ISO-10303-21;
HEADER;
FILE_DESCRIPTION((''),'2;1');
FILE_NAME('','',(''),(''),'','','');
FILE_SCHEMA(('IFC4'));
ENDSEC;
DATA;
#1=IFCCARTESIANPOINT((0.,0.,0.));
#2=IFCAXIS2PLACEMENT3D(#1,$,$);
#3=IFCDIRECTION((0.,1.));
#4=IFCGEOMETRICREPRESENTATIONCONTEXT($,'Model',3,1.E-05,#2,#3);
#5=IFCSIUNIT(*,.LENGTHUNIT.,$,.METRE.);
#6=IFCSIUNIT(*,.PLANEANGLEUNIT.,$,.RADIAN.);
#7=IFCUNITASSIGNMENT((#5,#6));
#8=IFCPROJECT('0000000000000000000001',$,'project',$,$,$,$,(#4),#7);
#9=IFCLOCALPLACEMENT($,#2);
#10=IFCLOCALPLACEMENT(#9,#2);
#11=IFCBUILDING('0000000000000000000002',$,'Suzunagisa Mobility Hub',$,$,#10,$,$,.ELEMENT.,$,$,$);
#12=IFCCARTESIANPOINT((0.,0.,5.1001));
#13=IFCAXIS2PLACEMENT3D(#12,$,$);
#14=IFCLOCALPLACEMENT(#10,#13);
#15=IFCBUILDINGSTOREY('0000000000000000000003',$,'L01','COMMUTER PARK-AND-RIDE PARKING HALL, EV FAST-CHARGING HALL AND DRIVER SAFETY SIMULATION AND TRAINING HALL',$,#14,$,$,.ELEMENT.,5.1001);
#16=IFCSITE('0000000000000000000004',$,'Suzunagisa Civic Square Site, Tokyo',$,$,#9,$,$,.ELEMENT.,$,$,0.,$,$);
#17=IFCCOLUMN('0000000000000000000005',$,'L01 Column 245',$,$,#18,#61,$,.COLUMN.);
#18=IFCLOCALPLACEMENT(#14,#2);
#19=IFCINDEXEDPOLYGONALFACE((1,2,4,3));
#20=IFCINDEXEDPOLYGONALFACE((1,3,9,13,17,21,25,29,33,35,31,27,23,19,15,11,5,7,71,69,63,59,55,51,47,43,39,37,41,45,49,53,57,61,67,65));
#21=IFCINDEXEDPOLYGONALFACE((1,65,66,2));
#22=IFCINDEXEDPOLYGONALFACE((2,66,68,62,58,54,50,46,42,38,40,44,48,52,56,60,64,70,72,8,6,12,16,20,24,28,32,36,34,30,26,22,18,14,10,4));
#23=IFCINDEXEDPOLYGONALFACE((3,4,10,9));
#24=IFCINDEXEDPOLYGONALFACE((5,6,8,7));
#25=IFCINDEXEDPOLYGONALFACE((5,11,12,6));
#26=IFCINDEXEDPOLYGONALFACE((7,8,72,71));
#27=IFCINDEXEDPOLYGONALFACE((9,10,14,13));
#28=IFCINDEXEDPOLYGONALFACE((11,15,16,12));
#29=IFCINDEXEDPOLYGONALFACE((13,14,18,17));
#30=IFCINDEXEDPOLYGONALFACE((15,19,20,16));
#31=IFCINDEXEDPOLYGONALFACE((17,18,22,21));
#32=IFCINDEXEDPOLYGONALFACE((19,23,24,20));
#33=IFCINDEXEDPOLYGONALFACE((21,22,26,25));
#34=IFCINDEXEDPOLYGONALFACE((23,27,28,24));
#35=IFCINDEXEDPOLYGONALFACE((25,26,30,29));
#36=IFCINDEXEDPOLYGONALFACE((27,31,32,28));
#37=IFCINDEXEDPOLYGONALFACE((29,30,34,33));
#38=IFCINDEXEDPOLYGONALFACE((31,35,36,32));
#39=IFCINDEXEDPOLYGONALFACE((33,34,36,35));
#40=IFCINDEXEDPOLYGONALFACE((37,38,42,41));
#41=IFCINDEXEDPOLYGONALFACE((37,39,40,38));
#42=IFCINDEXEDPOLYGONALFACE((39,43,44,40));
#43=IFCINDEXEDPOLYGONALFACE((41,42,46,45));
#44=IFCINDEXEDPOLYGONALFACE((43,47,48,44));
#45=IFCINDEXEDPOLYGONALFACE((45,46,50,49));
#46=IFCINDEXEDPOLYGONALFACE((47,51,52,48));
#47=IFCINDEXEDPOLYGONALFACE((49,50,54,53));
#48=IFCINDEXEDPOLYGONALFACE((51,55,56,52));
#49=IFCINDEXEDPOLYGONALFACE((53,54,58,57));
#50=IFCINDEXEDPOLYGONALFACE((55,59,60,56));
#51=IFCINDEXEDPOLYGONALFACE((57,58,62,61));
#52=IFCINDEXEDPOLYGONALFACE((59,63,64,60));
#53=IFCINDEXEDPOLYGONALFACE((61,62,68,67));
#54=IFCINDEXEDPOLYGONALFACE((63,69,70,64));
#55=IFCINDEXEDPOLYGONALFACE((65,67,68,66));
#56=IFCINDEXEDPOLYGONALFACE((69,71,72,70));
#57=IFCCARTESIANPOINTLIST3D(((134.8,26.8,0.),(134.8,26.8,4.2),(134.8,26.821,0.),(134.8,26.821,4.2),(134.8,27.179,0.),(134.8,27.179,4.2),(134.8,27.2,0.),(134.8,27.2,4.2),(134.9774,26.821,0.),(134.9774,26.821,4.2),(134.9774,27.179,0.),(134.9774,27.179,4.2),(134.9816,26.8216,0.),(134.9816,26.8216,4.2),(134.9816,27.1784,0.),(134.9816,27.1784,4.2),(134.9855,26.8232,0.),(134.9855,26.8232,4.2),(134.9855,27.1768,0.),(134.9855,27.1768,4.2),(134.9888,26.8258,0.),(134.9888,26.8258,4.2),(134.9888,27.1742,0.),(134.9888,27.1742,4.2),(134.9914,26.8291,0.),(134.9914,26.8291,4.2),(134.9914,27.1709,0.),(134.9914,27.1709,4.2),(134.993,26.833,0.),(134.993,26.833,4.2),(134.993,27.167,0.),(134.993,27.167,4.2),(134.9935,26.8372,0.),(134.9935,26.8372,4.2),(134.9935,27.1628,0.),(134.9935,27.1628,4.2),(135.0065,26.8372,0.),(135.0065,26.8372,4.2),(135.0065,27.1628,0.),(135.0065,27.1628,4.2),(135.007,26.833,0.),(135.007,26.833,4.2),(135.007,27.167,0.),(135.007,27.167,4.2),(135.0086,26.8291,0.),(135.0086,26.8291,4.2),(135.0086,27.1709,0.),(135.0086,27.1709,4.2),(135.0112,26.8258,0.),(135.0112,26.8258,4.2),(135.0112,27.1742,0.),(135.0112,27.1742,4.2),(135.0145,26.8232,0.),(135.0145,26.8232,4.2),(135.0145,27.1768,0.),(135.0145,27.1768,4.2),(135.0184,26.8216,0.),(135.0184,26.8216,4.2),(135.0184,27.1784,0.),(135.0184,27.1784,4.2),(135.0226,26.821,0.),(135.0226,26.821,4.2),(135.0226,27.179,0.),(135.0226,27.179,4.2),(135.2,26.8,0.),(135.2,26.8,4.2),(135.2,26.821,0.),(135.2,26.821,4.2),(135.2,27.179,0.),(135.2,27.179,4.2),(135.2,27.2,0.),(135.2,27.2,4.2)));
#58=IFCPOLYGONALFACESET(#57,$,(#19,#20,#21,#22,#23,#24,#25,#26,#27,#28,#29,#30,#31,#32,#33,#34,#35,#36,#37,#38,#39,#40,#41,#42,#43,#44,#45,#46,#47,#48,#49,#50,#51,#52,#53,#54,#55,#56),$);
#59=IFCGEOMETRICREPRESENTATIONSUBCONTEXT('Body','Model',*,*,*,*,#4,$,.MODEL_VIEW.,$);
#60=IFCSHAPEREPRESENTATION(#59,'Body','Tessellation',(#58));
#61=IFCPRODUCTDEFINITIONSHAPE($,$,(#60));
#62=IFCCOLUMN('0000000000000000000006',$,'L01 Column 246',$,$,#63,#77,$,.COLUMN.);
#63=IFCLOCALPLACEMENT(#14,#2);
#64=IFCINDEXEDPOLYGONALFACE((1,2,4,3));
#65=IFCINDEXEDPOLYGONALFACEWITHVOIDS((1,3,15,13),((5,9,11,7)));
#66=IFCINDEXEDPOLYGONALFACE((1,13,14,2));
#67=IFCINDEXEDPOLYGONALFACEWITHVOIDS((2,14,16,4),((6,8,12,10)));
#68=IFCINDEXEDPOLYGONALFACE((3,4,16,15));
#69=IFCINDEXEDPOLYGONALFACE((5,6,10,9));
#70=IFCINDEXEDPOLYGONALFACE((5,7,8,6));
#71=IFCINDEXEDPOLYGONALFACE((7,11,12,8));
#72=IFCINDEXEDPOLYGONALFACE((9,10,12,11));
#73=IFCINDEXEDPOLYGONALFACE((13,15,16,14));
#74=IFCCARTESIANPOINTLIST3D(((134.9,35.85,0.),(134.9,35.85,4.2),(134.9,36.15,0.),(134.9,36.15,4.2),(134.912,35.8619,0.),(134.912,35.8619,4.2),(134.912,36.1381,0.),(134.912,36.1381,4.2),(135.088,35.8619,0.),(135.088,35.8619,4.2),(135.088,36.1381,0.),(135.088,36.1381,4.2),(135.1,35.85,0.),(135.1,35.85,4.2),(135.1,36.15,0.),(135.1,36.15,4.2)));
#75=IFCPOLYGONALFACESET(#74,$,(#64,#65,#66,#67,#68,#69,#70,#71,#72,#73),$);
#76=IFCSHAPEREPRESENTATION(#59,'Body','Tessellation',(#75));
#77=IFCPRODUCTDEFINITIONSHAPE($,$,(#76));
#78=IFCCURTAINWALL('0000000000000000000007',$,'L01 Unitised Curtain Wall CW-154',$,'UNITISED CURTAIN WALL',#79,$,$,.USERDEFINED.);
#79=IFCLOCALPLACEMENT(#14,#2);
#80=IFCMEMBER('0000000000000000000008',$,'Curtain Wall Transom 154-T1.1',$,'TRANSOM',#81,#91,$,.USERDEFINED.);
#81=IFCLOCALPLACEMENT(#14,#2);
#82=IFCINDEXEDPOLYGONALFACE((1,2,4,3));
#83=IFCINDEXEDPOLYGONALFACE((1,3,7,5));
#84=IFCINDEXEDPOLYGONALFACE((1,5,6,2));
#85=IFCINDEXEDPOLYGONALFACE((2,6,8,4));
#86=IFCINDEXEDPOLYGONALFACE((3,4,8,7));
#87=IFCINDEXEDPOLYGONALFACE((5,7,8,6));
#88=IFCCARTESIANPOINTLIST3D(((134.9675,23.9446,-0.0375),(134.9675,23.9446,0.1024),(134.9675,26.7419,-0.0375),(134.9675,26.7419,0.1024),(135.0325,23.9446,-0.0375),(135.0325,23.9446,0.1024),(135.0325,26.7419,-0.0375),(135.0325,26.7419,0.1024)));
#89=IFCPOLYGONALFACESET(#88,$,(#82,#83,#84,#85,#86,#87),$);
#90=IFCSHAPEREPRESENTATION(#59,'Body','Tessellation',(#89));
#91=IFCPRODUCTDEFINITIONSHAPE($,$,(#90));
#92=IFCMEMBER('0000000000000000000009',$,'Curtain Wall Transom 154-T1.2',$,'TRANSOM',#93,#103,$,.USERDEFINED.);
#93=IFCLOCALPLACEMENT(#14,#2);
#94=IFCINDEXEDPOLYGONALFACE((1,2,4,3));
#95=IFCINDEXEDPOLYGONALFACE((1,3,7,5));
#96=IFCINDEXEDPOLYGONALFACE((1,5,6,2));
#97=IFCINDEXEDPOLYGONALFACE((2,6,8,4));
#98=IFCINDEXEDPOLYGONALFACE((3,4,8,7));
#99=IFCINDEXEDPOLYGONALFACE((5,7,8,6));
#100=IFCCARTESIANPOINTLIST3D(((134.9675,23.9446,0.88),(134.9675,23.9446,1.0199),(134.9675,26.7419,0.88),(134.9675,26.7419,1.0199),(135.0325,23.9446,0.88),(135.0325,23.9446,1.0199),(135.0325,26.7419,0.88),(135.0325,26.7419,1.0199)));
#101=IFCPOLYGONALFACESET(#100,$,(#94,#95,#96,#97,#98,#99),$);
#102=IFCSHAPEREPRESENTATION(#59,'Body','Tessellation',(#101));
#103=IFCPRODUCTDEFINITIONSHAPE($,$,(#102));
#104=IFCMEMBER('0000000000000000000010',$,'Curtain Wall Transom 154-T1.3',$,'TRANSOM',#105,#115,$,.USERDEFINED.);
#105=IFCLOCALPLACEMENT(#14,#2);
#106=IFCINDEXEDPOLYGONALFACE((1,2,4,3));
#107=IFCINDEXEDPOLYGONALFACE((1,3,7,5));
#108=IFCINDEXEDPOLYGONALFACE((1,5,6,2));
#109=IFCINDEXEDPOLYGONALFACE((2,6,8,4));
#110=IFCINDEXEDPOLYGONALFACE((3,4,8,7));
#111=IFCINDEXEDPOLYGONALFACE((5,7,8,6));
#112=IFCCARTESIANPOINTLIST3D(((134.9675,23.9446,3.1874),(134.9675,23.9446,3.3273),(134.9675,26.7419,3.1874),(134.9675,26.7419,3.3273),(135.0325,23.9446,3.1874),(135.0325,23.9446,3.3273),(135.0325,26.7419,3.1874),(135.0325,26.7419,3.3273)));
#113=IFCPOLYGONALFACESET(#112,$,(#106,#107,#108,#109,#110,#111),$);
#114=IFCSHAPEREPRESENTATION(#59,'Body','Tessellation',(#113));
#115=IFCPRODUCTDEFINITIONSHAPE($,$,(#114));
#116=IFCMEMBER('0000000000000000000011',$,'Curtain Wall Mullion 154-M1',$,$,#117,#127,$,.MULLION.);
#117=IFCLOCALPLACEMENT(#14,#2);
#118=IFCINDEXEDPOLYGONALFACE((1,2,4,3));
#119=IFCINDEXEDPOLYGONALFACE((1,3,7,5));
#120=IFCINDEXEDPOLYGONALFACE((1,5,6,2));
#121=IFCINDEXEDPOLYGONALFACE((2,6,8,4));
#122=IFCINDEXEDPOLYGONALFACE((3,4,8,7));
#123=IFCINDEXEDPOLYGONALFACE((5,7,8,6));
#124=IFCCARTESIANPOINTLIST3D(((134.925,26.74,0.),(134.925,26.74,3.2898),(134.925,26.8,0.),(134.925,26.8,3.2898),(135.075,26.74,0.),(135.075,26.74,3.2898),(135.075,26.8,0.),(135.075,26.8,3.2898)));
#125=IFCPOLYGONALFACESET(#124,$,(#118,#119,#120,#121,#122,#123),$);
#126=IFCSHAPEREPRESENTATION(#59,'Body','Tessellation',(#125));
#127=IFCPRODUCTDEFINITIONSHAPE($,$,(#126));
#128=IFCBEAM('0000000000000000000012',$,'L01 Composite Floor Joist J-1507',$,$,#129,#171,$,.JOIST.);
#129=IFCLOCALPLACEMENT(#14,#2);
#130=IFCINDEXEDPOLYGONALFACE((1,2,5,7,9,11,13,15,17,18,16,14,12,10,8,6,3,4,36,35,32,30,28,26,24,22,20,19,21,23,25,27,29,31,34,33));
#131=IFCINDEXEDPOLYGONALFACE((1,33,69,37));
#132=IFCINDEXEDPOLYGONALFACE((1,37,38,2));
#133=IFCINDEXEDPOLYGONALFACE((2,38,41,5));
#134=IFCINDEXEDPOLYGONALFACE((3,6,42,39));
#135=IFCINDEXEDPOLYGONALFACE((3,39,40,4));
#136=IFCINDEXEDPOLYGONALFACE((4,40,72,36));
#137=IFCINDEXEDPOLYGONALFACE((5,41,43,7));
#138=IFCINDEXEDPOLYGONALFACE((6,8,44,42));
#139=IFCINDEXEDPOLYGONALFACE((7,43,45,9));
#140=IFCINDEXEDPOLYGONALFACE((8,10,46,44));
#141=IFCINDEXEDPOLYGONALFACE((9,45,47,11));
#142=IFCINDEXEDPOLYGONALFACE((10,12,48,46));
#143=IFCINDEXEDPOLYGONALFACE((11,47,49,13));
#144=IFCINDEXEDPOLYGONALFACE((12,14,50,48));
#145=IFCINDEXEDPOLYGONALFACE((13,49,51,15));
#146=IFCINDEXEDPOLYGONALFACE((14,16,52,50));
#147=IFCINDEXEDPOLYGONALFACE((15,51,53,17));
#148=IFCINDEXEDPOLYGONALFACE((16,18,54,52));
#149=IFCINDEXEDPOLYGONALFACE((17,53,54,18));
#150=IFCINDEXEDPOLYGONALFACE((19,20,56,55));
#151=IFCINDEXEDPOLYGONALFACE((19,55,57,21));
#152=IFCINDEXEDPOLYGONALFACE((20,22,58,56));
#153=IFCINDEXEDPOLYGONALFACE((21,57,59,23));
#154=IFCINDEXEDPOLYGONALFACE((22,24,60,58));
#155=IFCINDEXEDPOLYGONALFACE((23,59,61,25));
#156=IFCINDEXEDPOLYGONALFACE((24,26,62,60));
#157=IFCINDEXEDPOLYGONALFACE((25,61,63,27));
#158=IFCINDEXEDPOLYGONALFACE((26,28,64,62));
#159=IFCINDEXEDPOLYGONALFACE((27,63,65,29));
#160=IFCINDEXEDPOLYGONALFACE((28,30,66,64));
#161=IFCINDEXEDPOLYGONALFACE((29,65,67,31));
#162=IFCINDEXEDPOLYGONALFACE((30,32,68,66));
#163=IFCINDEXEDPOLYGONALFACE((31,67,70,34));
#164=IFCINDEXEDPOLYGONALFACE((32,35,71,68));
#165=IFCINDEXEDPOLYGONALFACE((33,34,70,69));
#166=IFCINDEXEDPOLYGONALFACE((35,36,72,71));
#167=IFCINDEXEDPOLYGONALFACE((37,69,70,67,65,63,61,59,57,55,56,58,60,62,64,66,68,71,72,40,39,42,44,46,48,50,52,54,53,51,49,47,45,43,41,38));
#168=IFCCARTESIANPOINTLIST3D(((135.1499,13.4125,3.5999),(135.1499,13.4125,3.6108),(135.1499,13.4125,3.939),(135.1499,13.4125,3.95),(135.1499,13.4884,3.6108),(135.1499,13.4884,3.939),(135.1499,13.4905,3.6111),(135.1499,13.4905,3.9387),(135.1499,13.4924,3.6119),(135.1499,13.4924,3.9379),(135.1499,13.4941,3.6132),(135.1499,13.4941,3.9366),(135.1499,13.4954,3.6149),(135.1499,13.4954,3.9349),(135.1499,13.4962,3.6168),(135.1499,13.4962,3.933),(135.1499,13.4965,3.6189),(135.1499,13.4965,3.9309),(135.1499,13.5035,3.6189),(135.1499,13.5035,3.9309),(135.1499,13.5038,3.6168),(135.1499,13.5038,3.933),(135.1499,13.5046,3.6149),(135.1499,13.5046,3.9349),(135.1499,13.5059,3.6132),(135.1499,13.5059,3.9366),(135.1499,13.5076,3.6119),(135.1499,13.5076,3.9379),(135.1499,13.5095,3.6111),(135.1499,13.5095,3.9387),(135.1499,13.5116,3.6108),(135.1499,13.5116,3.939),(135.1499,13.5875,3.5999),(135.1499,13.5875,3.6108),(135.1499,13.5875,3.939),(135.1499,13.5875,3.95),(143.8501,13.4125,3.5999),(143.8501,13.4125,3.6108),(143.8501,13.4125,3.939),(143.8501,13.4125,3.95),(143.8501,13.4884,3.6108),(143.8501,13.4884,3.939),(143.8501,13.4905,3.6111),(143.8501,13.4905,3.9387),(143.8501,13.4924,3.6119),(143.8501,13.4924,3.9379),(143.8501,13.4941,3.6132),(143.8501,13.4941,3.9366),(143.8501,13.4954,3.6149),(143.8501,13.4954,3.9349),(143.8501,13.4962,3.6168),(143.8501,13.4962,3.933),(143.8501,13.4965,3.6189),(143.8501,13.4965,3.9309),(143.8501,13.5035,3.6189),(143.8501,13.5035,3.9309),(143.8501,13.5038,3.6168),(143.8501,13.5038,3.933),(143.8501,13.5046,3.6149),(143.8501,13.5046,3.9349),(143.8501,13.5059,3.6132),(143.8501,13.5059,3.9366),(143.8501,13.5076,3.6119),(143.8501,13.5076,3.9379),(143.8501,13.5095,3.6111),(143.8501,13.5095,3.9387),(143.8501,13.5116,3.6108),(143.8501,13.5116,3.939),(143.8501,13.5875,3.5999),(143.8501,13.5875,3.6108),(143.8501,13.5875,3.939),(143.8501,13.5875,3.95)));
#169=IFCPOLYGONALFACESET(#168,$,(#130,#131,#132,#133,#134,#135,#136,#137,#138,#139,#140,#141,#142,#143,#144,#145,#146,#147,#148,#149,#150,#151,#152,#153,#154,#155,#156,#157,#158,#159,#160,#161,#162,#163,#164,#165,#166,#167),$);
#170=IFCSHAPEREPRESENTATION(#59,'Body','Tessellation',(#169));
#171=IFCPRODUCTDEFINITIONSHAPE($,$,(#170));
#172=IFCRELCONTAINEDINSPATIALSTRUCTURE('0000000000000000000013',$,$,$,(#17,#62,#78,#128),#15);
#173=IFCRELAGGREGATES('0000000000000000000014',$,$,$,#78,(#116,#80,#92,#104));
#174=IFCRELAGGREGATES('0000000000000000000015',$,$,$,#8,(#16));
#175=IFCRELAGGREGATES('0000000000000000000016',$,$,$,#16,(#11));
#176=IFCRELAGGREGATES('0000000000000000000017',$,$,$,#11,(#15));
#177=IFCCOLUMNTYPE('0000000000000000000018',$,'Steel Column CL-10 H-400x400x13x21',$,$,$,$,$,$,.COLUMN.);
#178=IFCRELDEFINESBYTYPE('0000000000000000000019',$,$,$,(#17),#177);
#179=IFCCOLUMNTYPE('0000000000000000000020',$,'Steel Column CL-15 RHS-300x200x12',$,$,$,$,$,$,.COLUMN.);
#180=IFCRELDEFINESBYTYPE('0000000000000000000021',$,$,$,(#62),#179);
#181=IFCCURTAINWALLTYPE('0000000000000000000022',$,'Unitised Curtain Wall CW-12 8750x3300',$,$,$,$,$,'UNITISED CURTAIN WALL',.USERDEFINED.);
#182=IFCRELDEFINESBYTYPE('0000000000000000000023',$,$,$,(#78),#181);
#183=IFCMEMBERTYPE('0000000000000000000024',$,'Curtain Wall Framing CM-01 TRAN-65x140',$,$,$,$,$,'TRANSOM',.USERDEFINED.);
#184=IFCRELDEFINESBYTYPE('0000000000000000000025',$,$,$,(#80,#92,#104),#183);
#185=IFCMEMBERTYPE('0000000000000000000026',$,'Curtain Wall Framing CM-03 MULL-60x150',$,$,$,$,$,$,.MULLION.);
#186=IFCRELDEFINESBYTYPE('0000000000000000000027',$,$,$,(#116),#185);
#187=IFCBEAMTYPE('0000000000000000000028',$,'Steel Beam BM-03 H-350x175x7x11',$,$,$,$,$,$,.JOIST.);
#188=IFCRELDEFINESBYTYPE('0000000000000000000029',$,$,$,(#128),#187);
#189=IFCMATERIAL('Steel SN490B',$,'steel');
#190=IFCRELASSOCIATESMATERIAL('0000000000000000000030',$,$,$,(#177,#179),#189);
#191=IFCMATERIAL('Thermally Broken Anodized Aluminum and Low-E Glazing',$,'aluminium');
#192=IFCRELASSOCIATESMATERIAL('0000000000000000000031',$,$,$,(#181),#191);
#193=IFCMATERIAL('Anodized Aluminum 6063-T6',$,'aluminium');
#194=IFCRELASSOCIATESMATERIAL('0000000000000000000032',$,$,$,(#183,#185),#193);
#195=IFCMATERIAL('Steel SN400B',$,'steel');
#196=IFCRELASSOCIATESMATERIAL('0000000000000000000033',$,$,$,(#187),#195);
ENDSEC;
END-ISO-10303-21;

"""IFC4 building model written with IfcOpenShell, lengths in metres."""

from ifc_helpers import new_model, si_unit, direction, frame, origin, origin_2d, place, context, subcontext, project, spatial, rectangle, hollow_rectangle, i_section, extrude, material, material_profile, profile_set, type_object, element, aggregate, save


model = new_model("IFC4")

# Units and contexts
model_context = context("Model", 3, precision=1e-05, world=origin(), true_north=direction((0.0, 1.0)))
body_context = subcontext(model_context, "Body", "Model", "MODEL_VIEW")
ifc_project = project(units=[si_unit("LENGTHUNIT", "METRE"), si_unit("PLANEANGLEUNIT", "RADIAN")], contexts=[model_context])

# Site, building, storey
site_placement = place(None, origin())
site = spatial("IfcSite", under=ifc_project, at=site_placement, Name="Suzunagisa Civic Square Site, Tokyo", CompositionType="ELEMENT", RefElevation=0.0)
building_placement = place(site_placement, origin())
building = spatial("IfcBuilding", under=site, at=building_placement, Name="Suzunagisa Mobility Hub", CompositionType="ELEMENT")
storey_placement = place(building_placement, frame((0.0, 0.0, 5.1001)))
storey = spatial("IfcBuildingStorey", under=building, at=storey_placement, Name="L01", Description="COMMUTER PARK-AND-RIDE PARKING HALL, EV FAST-CHARGING HALL AND DRIVER SAFETY SIMULATION AND TRAINING HALL", CompositionType="ELEMENT", Elevation=5.1001)

# Columns
ifc_material_1 = material(Name="Steel SN490B", Category="steel")
ifc_material_profile_1 = material_profile(ifc_material_1, i_section(OverallWidth=0.3999, OverallDepth=0.3999, WebThickness=0.0129, FlangeThickness=0.021, FilletRadius=0.0161, at=origin_2d()), Name="H-400x400x13x21")
ifc_profile_set_1 = profile_set([ifc_material_profile_1], Name="Steel SN490B")
column_type_1 = type_object("IfcColumnType", Name="Steel Column CL-10 H-400x400x13x21", PredefinedType="COLUMN", material=ifc_profile_set_1)
column_1_placement = place(storey_placement, frame((135.0, 27.0, 0.0), z_axis=(0.0, 0.0, 1.0), x_axis=(1.0, 0.0, 0.0)))
element("IfcColumn", 1, at=column_1_placement, inside=storey, type_object=column_type_1, Name="L01 Column 245", PredefinedType="COLUMN", context=body_context, shape_type="SweptSolid", body=[
    extrude(i_section(OverallWidth=0.3999, OverallDepth=0.3999, WebThickness=0.0129, FlangeThickness=0.021, FilletRadius=0.0161, at=origin_2d()), origin(), (0.0, 0.0, 1.0), 4.2),
])
ifc_material_profile_2 = material_profile(ifc_material_1, hollow_rectangle(XDim=0.2, YDim=0.3, WallThickness=0.012, at=origin_2d()), Name="RHS-300x200x12")
ifc_profile_set_2 = profile_set([ifc_material_profile_2], Name="Steel SN490B")
column_type_2 = type_object("IfcColumnType", Name="Steel Column CL-15 RHS-300x200x12", PredefinedType="COLUMN", material=ifc_profile_set_2)
column_2_placement = place(storey_placement, frame((135.0, 36.0, 0.0), z_axis=(0.0, 0.0, 1.0), x_axis=(1.0, 0.0, 0.0)))
element("IfcColumn", 2, at=column_2_placement, inside=storey, type_object=column_type_2, Name="L01 Column 246", PredefinedType="COLUMN", context=body_context, shape_type="SweptSolid", body=[
    extrude(hollow_rectangle(XDim=0.2, YDim=0.3, WallThickness=0.012, at=origin_2d()), origin(), (0.0, 0.0, 1.0), 4.2),
])

# Curtain wall, members
ifc_material_2 = material(Name="Thermally Broken Anodized Aluminum and Low-E Glazing", Category="aluminium")
curtain_wall_type = type_object("IfcCurtainWallType", Name="Unitised Curtain Wall CW-12 8750x3300", ElementType="UNITISED CURTAIN WALL", PredefinedType="USERDEFINED", material=ifc_material_2)
curtain_wall_placement = place(storey_placement, origin())
curtain_wall = element("IfcCurtainWall", 3, at=curtain_wall_placement, inside=storey, type_object=curtain_wall_type, Name="L01 Unitised Curtain Wall CW-154", ObjectType="UNITISED CURTAIN WALL", PredefinedType="USERDEFINED")
ifc_material_3 = material(Name="Anodized Aluminum 6063-T6", Category="aluminium")
ifc_material_profile_3 = material_profile(ifc_material_3, rectangle(XDim=0.0649, YDim=0.1399, at=origin_2d()), Name="TRAN-65x140")
ifc_profile_set_3 = profile_set([ifc_material_profile_3], Name="Anodized Aluminum 6063-T6")
member_type_1 = type_object("IfcMemberType", Name="Curtain Wall Framing CM-01 TRAN-65x140", ElementType="TRANSOM", PredefinedType="USERDEFINED", material=ifc_profile_set_3)
member_1_placement = place(storey_placement, frame((135.0, 26.7419, 0.0325), z_axis=(0.0, -1.0, 0.0), x_axis=(1.0, 0.0, 0.0)))
member_1 = element("IfcMember", 4, at=member_1_placement, type_object=member_type_1, Name="Curtain Wall Transom 154-T1.1", ObjectType="TRANSOM", PredefinedType="USERDEFINED", context=body_context, shape_type="SweptSolid", body=[
    extrude(rectangle(XDim=0.0649, YDim=0.1399, at=origin_2d()), origin(), (0.0, 0.0, 1.0), 2.7974),
])
member_2_placement = place(storey_placement, frame((135.0, 26.7419, 0.95), z_axis=(0.0, -1.0, 0.0), x_axis=(1.0, 0.0, 0.0)))
member_2 = element("IfcMember", 5, at=member_2_placement, type_object=member_type_1, Name="Curtain Wall Transom 154-T1.2", ObjectType="TRANSOM", PredefinedType="USERDEFINED", context=body_context, shape_type="SweptSolid", body=[
    extrude(rectangle(XDim=0.0649, YDim=0.1399, at=origin_2d()), origin(), (0.0, 0.0, 1.0), 2.7974),
])
member_3_placement = place(storey_placement, frame((135.0, 26.7419, 3.2573), z_axis=(0.0, -1.0, 0.0), x_axis=(1.0, 0.0, 0.0)))
member_3 = element("IfcMember", 6, at=member_3_placement, type_object=member_type_1, Name="Curtain Wall Transom 154-T1.3", ObjectType="TRANSOM", PredefinedType="USERDEFINED", context=body_context, shape_type="SweptSolid", body=[
    extrude(rectangle(XDim=0.0649, YDim=0.1399, at=origin_2d()), origin(), (0.0, 0.0, 1.0), 2.7974),
])
ifc_material_profile_4 = material_profile(ifc_material_3, rectangle(XDim=0.0601, YDim=0.1499, at=origin_2d()), Name="MULL-60x150")
ifc_profile_set_4 = profile_set([ifc_material_profile_4], Name="Anodized Aluminum 6063-T6")
member_type_2 = type_object("IfcMemberType", Name="Curtain Wall Framing CM-03 MULL-60x150", PredefinedType="MULLION", material=ifc_profile_set_4)
member_4_placement = place(storey_placement, frame((135.0, 26.77, 0.0), z_axis=(0.0, 0.0, 1.0), x_axis=(0.0, -1.0, 0.0)))
member_4 = element("IfcMember", 7, at=member_4_placement, type_object=member_type_2, Name="Curtain Wall Mullion 154-M1", PredefinedType="MULLION", context=body_context, shape_type="SweptSolid", body=[
    extrude(rectangle(XDim=0.0601, YDim=0.1499, at=origin_2d()), origin(), (0.0, 0.0, 1.0), 3.2898),
])
aggregate(curtain_wall, [member_4, member_1, member_2, member_3])

# Beam
ifc_material_4 = material(Name="Steel SN400B", Category="steel")
ifc_material_profile_5 = material_profile(ifc_material_4, i_section(OverallWidth=0.175, OverallDepth=0.3501, WebThickness=0.0071, FlangeThickness=0.011, FilletRadius=0.0081, at=origin_2d()), Name="H-350x175x7x11")
ifc_profile_set_5 = profile_set([ifc_material_profile_5], Name="Steel SN400B")
beam_type_1 = type_object("IfcBeamType", Name="Steel Beam BM-03 H-350x175x7x11", PredefinedType="JOIST", material=ifc_profile_set_5)
for number, where, z_axis, x_axis, name in (
    (8, (135.1499, 13.5, 3.7749), (1.0, 0.0, 0.0), (0.0, 1.0, 0.0), "L01 Composite Floor Joist J-1507"),
):
    element("IfcBeam", number, at=place(storey_placement, frame(where, z_axis=z_axis, x_axis=x_axis)), inside=storey, type_object=beam_type_1, Name=name, PredefinedType="JOIST", context=body_context, shape_type="SweptSolid", body=[
        extrude(i_section(OverallWidth=0.175, OverallDepth=0.3501, WebThickness=0.0071, FlangeThickness=0.011, FilletRadius=0.0081, at=origin_2d()), origin(), (0.0, 0.0, 1.0), 8.7002),
    ])

save(model, "model.ifc")
